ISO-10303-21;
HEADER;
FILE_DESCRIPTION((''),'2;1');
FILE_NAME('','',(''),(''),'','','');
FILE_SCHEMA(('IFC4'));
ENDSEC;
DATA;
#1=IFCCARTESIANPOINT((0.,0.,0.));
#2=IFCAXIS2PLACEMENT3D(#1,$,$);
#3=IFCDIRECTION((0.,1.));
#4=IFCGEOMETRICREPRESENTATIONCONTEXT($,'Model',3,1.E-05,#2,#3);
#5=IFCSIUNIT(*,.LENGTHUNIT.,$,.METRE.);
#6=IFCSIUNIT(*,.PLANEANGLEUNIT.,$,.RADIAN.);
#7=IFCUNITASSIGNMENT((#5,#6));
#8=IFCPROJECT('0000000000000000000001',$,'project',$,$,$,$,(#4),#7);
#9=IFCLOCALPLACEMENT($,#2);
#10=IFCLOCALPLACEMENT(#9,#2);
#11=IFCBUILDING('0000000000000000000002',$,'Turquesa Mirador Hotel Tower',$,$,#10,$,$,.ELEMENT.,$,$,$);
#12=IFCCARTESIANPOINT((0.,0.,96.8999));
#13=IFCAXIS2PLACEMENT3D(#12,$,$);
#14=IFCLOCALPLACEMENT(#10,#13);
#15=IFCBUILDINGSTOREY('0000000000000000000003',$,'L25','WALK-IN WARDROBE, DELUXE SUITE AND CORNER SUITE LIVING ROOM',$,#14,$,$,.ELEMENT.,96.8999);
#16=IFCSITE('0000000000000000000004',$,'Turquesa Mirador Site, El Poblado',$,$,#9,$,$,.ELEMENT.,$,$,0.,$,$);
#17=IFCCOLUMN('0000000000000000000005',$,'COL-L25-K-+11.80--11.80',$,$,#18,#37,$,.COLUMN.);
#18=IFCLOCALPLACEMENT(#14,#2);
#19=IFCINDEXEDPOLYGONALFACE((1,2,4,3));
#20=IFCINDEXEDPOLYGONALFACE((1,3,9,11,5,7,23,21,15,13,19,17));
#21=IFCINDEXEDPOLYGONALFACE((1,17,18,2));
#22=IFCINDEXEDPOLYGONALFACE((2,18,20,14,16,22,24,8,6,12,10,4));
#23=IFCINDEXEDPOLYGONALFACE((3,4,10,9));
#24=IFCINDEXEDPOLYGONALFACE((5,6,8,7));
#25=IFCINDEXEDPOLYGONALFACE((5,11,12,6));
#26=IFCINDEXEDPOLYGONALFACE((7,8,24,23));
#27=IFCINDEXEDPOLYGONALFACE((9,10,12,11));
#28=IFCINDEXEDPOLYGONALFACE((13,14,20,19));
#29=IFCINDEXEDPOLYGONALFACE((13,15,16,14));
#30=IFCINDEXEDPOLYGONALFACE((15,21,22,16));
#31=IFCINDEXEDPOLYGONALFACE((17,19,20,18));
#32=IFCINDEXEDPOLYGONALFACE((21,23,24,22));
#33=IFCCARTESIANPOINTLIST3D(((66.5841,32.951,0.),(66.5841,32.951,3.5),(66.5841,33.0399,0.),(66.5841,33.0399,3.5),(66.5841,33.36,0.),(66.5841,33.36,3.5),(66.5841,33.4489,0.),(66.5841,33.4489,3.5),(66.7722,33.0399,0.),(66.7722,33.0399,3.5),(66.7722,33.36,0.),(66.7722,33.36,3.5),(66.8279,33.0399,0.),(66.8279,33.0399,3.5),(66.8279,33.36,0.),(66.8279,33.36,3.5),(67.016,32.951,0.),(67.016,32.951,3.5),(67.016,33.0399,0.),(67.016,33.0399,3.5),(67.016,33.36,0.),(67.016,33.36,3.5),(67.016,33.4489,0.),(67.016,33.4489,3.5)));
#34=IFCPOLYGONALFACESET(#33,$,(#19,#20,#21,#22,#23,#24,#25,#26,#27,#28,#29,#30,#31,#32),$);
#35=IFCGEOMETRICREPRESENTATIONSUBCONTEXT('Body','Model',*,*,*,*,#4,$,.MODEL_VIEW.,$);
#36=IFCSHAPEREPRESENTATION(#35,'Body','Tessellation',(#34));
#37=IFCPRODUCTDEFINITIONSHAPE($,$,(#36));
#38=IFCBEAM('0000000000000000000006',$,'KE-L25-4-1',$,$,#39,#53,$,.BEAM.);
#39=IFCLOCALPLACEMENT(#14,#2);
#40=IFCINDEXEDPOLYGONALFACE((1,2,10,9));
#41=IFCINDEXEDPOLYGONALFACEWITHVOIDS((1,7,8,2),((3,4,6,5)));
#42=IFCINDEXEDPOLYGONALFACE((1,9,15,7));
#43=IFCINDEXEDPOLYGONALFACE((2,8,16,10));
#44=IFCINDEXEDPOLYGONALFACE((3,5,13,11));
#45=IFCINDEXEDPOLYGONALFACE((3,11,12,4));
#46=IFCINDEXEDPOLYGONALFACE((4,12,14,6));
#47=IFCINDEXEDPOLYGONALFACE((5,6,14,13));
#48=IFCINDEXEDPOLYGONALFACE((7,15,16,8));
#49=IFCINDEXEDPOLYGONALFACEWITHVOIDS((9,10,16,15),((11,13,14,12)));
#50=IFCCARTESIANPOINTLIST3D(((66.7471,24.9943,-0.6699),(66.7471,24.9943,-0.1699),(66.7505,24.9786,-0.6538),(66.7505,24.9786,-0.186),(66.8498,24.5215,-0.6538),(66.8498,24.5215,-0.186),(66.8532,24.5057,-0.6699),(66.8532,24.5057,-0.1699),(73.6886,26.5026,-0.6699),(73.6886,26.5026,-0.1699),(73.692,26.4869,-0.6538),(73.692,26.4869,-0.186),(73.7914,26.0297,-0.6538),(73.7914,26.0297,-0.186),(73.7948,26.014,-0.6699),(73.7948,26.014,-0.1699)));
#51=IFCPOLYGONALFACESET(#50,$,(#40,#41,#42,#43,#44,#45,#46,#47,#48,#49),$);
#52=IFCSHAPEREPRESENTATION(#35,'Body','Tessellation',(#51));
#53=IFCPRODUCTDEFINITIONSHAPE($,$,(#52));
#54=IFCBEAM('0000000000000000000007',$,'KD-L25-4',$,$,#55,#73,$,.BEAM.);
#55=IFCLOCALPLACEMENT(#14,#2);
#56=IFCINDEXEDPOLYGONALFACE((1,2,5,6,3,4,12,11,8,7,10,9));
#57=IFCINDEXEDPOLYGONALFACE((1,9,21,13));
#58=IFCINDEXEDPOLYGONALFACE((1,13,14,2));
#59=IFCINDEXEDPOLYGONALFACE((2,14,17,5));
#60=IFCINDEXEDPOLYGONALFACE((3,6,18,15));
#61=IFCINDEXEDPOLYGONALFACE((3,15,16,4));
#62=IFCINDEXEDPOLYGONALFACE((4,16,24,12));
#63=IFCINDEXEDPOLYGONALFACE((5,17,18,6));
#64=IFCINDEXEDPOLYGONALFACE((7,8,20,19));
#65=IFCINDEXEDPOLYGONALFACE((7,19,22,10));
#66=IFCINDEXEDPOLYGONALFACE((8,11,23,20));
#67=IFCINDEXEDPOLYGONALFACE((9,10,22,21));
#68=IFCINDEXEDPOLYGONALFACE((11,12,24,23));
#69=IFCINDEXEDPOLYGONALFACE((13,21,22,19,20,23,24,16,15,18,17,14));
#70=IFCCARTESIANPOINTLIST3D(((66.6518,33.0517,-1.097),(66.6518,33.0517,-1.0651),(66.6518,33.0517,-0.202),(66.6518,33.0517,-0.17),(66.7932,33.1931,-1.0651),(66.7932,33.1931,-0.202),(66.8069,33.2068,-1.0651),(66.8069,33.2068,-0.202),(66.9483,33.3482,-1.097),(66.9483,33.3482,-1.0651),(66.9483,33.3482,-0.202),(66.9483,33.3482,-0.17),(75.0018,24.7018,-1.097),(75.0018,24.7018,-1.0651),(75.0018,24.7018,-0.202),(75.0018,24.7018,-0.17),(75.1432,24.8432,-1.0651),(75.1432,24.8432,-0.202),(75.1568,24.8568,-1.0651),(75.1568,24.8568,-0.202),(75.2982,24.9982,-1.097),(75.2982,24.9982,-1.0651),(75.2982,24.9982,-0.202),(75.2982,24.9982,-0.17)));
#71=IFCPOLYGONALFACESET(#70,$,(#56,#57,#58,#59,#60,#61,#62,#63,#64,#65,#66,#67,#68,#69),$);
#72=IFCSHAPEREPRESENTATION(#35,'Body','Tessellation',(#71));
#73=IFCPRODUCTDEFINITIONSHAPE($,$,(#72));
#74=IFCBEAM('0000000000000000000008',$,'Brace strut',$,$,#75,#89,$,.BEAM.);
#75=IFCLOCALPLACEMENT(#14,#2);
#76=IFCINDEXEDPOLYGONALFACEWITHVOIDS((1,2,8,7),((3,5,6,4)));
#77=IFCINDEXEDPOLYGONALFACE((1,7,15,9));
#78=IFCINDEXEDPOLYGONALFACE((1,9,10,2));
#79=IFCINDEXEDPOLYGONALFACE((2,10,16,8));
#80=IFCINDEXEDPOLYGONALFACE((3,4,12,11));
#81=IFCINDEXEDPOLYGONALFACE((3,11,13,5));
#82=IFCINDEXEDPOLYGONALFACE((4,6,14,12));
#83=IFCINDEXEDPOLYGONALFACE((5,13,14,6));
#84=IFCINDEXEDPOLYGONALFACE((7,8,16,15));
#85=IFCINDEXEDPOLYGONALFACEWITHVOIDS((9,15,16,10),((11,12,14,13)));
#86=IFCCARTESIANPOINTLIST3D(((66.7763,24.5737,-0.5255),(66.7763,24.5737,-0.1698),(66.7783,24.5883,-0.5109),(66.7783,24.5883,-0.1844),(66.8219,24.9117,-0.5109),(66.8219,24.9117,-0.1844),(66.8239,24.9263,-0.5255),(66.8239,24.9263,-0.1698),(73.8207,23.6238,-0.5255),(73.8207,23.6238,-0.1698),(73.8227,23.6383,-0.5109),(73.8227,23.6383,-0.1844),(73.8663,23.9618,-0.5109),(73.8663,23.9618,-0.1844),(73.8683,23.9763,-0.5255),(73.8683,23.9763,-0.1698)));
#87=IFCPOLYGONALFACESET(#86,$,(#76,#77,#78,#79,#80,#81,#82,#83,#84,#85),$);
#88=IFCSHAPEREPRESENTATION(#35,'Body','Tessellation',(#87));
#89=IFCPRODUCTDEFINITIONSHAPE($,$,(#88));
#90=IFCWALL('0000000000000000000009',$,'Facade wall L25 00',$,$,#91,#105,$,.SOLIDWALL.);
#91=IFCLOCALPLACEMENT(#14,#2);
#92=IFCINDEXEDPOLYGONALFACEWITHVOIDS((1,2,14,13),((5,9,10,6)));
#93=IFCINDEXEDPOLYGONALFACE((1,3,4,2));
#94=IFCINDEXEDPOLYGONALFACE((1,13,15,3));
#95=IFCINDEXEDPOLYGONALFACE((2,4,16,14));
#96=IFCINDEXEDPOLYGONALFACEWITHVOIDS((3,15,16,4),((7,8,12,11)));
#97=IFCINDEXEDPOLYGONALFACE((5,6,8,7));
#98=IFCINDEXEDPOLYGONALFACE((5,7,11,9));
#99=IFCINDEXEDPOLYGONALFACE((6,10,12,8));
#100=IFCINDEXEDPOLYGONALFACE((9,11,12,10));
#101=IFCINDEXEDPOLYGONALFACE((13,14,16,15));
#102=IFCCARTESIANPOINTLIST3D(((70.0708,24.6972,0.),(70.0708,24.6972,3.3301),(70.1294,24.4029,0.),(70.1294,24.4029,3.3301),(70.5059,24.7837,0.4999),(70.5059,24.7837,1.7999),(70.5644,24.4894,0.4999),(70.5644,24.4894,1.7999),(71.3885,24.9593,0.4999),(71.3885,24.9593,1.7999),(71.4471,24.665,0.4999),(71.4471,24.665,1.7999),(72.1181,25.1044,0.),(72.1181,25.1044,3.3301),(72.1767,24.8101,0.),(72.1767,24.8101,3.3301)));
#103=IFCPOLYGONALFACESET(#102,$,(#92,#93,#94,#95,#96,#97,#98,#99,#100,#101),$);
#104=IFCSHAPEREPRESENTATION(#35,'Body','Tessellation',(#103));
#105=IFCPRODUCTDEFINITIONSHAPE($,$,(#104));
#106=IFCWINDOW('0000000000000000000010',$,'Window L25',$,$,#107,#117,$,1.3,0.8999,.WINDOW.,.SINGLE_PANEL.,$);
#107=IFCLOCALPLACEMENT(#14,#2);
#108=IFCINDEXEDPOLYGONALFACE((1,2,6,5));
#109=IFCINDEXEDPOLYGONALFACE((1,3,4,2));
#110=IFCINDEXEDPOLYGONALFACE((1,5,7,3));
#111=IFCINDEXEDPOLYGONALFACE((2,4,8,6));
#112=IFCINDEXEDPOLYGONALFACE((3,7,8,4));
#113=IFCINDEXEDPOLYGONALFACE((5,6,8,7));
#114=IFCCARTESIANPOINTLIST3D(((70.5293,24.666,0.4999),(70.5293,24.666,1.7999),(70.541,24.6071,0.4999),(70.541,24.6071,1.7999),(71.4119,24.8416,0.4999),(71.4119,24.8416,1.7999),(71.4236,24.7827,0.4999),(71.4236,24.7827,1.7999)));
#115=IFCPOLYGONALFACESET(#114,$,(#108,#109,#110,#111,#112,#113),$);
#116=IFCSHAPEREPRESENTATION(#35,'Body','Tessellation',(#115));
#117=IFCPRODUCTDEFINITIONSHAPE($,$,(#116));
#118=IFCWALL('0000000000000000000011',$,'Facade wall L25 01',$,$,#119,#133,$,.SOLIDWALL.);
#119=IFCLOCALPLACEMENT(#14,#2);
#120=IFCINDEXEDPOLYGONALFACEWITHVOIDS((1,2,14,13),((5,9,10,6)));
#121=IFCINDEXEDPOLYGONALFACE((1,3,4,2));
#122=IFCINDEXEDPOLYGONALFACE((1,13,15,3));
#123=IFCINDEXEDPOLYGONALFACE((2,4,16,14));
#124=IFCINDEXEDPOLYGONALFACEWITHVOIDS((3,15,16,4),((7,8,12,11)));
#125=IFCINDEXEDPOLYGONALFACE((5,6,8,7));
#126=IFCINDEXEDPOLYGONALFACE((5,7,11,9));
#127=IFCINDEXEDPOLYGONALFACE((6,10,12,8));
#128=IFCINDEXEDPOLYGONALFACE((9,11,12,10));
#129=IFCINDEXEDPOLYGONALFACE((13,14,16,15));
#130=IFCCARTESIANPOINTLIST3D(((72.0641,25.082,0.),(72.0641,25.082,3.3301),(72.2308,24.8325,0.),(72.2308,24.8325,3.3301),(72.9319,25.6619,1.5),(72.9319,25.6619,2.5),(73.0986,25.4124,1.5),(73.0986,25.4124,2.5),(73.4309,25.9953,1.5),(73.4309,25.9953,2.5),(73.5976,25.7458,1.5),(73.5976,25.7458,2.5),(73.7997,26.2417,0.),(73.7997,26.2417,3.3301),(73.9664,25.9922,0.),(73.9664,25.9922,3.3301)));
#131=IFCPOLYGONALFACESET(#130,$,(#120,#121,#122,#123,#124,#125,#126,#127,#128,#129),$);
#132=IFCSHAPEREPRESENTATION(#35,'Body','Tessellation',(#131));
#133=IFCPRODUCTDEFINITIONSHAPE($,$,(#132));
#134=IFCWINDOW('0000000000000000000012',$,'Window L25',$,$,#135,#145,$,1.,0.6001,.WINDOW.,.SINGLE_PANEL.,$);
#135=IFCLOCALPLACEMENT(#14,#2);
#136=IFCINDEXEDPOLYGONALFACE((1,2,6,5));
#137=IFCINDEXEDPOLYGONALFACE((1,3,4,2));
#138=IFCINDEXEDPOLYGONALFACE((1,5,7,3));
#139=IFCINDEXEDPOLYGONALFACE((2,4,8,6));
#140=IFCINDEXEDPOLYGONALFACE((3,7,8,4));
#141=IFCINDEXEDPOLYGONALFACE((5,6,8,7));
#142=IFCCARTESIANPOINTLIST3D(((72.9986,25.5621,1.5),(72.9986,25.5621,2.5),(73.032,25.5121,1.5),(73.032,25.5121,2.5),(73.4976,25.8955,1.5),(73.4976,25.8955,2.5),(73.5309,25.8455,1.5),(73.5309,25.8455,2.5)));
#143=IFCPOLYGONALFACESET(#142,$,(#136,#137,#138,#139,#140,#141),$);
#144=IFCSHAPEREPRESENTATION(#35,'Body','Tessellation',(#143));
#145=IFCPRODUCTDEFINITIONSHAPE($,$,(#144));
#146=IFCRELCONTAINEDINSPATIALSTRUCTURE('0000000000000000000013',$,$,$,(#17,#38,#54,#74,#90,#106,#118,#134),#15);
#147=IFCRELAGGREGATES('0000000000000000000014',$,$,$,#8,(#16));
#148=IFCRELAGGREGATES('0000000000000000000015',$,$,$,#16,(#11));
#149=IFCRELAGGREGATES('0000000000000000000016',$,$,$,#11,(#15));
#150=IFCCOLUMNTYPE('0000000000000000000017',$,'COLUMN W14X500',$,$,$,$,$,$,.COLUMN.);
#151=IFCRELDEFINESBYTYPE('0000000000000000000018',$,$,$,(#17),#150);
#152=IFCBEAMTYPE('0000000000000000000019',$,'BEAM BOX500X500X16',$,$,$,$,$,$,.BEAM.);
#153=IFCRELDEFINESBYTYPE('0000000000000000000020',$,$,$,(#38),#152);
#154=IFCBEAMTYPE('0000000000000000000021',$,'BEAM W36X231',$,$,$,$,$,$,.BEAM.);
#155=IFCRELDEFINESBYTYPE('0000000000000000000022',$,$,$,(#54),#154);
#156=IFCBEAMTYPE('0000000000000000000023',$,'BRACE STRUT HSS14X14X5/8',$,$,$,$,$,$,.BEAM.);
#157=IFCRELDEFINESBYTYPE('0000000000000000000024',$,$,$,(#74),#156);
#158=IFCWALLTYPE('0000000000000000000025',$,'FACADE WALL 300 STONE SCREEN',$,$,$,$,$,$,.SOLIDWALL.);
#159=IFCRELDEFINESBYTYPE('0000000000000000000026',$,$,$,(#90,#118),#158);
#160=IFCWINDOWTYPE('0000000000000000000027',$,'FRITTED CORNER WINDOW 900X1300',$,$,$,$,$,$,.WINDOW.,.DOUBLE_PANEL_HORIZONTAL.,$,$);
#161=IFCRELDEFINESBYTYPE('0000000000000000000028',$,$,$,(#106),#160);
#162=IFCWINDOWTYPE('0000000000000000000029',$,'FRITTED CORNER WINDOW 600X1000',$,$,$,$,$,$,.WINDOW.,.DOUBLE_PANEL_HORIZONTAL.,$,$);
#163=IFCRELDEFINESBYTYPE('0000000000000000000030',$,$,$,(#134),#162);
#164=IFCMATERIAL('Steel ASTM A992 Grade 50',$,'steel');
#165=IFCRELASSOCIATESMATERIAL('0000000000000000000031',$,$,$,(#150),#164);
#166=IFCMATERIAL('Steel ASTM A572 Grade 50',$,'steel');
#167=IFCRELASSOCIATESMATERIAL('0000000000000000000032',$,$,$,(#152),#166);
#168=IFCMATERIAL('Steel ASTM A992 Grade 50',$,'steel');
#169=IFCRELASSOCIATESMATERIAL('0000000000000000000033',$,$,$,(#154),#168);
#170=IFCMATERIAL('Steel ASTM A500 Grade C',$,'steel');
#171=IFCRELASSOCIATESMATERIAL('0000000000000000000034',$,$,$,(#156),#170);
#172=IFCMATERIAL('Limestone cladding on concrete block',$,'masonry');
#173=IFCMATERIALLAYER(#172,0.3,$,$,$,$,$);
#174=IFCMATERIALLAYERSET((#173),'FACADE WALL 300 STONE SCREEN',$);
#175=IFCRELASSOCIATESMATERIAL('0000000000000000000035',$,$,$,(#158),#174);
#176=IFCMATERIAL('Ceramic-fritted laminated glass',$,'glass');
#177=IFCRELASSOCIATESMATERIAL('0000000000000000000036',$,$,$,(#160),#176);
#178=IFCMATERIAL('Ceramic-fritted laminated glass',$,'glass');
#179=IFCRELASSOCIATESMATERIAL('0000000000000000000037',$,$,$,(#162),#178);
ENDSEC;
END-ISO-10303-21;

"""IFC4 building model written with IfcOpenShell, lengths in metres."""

from ifc_helpers import new_model, si_unit, direction, frame, frame_2d, origin, origin_2d, place, context, subcontext, project, spatial, rectangle, hollow_rectangle, i_section, extrude, material, layer, layer_set, material_profile, profile_set, type_object, element, fill, save


model = new_model("IFC4")

# Units and contexts
model_context = context("Model", 3, precision=1e-05, world=origin(), true_north=direction((0.0, 1.0)))
body_context = subcontext(model_context, "Body", "Model", "MODEL_VIEW")
ifc_project = project(units=[si_unit("LENGTHUNIT", "METRE"), si_unit("PLANEANGLEUNIT", "RADIAN")], contexts=[model_context])

# Site, building, storey
site_placement = place(None, origin())
site = spatial("IfcSite", under=ifc_project, at=site_placement, Name="Turquesa Mirador Site, El Poblado", CompositionType="ELEMENT", RefElevation=0.0)
building_placement = place(site_placement, origin())
building = spatial("IfcBuilding", under=site, at=building_placement, Name="Turquesa Mirador Hotel Tower", CompositionType="ELEMENT")
storey_placement = place(building_placement, frame((0.0, 0.0, 96.8999)))
storey = spatial("IfcBuildingStorey", under=building, at=storey_placement, Name="L25", Description="WALK-IN WARDROBE, DELUXE SUITE AND CORNER SUITE LIVING ROOM", CompositionType="ELEMENT", Elevation=96.8999)

# Column
ifc_material_1 = material(Name="Steel ASTM A992 Grade 50", Category="steel")
ifc_material_profile_1 = material_profile(ifc_material_1, i_section(OverallWidth=0.4319, OverallDepth=0.4978, WebThickness=0.0557, FlangeThickness=0.0889, at=origin_2d()), Name="W14X500")
ifc_profile_set_1 = profile_set([ifc_material_profile_1], Name="Steel ASTM A992 Grade 50")
column_type = type_object("IfcColumnType", Name="COLUMN W14X500", PredefinedType="COLUMN", material=ifc_profile_set_1)
column_placement = place(storey_placement, frame((66.8, 33.2, 0.0), z_axis=(0.0, 0.0, 1.0), x_axis=(1.0, 0.0, 0.0)))
element("IfcColumn", 1, at=column_placement, inside=storey, type_object=column_type, Name="COL-L25-K-+11.80--11.80", PredefinedType="COLUMN", context=body_context, shape_type="SweptSolid", body=[
    extrude(i_section(OverallWidth=0.4319, OverallDepth=0.4978, WebThickness=0.0557, FlangeThickness=0.0889, at=origin_2d()), origin(), (0.0, 0.0, 1.0), 3.5),
])

# Beams
ifc_material_2 = material(Name="Steel ASTM A572 Grade 50", Category="steel")
ifc_material_profile_2 = material_profile(ifc_material_2, hollow_rectangle(XDim=0.5, YDim=0.5, WallThickness=0.0161, at=origin_2d()), Name="BOX500X500X16")
ifc_profile_set_2 = profile_set([ifc_material_profile_2], Name="Steel ASTM A572 Grade 50")
beam_type_1 = type_object("IfcBeamType", Name="BEAM BOX500X500X16", PredefinedType="BEAM", material=ifc_profile_set_2)
beam_1_placement = place(storey_placement, frame((73.7417, 26.2583, -0.4199), z_axis=(-0.977198, -0.212328, 0.0), x_axis=(0.212328, -0.977198, 0.0)))
element("IfcBeam", 2, at=beam_1_placement, inside=storey, type_object=beam_type_1, Name="KE-L25-4-1", PredefinedType="BEAM", context=body_context, shape_type="SweptSolid", body=[
    extrude(hollow_rectangle(XDim=0.5, YDim=0.5, WallThickness=0.0161, at=origin_2d()), origin(), (0.0, 0.0, 1.0), 7.1035),
])
ifc_material_3 = material(Name="Steel ASTM A992 Grade 50", Category="steel")
ifc_material_profile_3 = material_profile(ifc_material_3, i_section(OverallWidth=0.4192, OverallDepth=0.927, WebThickness=0.0193, FlangeThickness=0.032, at=origin_2d()), Name="W36X231")
ifc_profile_set_3 = profile_set([ifc_material_profile_3], Name="Steel ASTM A992 Grade 50")
beam_type_2 = type_object("IfcBeamType", Name="BEAM W36X231", PredefinedType="BEAM", material=ifc_profile_set_3)
beam_2_placement = place(storey_placement, frame((66.8, 33.2, -0.6335), z_axis=(0.707107, -0.707107, 0.0), x_axis=(0.707107, 0.707107, 0.0)))
element("IfcBeam", 3, at=beam_2_placement, inside=storey, type_object=beam_type_2, Name="KD-L25-4", PredefinedType="BEAM", context=body_context, shape_type="SweptSolid", body=[
    extrude(i_section(OverallWidth=0.4192, OverallDepth=0.927, WebThickness=0.0193, FlangeThickness=0.032, at=origin_2d()), origin(), (0.0, 0.0, 1.0), 11.8086),
])
ifc_material_4 = material(Name="Steel ASTM A500 Grade C", Category="steel")
ifc_material_profile_4 = material_profile(ifc_material_4, hollow_rectangle(XDim=0.3557, YDim=0.3557, WallThickness=0.0146, at=origin_2d()), Name="HSS14X14X5/8")
ifc_profile_set_4 = profile_set([ifc_material_profile_4], Name="Steel ASTM A500 Grade C")
beam_type_3 = type_object("IfcBeamType", Name="BRACE STRUT HSS14X14X5/8", PredefinedType="BEAM", material=ifc_profile_set_4)
beam_3_placement = place(storey_placement, frame((73.8445, 23.8, -0.3477), z_axis=(-0.99103, 0.133642, 0.0), x_axis=(-0.133642, -0.99103, 0.0)))
element("IfcBeam", 4, at=beam_3_placement, inside=storey, type_object=beam_type_3, Name="Brace strut", PredefinedType="BEAM", context=body_context, shape_type="SweptSolid", body=[
    extrude(hollow_rectangle(XDim=0.3557, YDim=0.3557, WallThickness=0.0146, at=origin_2d()), origin(), (0.0, 0.0, 1.0), 7.1082),
])

# Walls, openings, windows
ifc_material_5 = material(Name="Limestone cladding on concrete block", Category="masonry")
ifc_layer_1 = layer(ifc_material_5, 0.3)
ifc_layer_set_1 = layer_set([ifc_layer_1], Name="FACADE WALL 300 STONE SCREEN")
wall_type_1 = type_object("IfcWallType", Name="FACADE WALL 300 STONE SCREEN", PredefinedType="SOLIDWALL", material=ifc_layer_set_1)
wall_1_placement = place(storey_placement, frame((70.1001, 24.55, 0.0), z_axis=(0.0, 0.0, 1.0), x_axis=(0.980787, 0.195081, 0.0)))
wall_1 = element("IfcWall", 5, at=wall_1_placement, inside=storey, type_object=wall_type_1, Name="Facade wall L25 00", PredefinedType="SOLIDWALL", context=body_context, shape_type="SweptSolid", body=[
    extrude(rectangle(XDim=2.0874, YDim=0.3, at=frame_2d((1.0437, 0.0))), origin(), (0.0, 0.0, 1.0), 3.3301),
])
opening_1_placement = place(wall_1_placement, frame((0.4436, 0.0, 0.5)))
opening_1 = element("IfcOpeningElement", 6, at=opening_1_placement, cuts=wall_1, PredefinedType="OPENING", context=body_context, shape_type="SweptSolid", body=[
    extrude(rectangle(XDim=0.8999, YDim=1.3, at=frame_2d((0.45, 0.6499))), frame((0.0, 0.1599, 0.0), z_axis=(0.0, -1.0, 0.0), x_axis=(1.0, 0.0, 0.0)), (0.0, 0.0, 1.0), 0.3201),
])
ifc_material_6 = material(Name="Ceramic-fritted laminated glass", Category="glass")
window_type_1 = type_object("IfcWindowType", Name="FRITTED CORNER WINDOW 900X1300", PartitioningType="DOUBLE_PANEL_HORIZONTAL", PredefinedType="WINDOW", material=ifc_material_6)
window_1_placement = place(opening_1_placement, origin())
window_1 = element("IfcWindow", 7, at=window_1_placement, inside=storey, type_object=window_type_1, Name="Window L25", OverallHeight=1.3, OverallWidth=0.8999, PartitioningType="SINGLE_PANEL", PredefinedType="WINDOW", context=body_context, shape_type="SweptSolid", body=[
    extrude(rectangle(XDim=0.8999, YDim=1.3, at=frame_2d((0.45, 0.6499))), frame((0.0, 0.03, 0.0), z_axis=(0.0, -1.0, 0.0), x_axis=(1.0, 0.0, 0.0)), (0.0, 0.0, 1.0), 0.0601),
])
fill(opening_1, window_1)
wall_2_placement = place(storey_placement, frame((72.1475, 24.9573, 0.0), z_axis=(0.0, 0.0, 1.0), x_axis=(0.831474, 0.555564, 0.0)))
wall_2 = element("IfcWall", 8, at=wall_2_placement, inside=storey, type_object=wall_type_1, Name="Facade wall L25 01", PredefinedType="SOLIDWALL", context=body_context, shape_type="SweptSolid", body=[
    extrude(rectangle(XDim=2.0874, YDim=0.3, at=frame_2d((1.0437, 0.0))), origin(), (0.0, 0.0, 1.0), 3.3301),
])
opening_2_placement = place(wall_2_placement, frame((1.0437, 0.0, 1.5)))
opening_2 = element("IfcOpeningElement", 9, at=opening_2_placement, cuts=wall_2, PredefinedType="OPENING", context=body_context, shape_type="SweptSolid", body=[
    extrude(rectangle(XDim=0.6001, YDim=1.0, at=frame_2d((0.3, 0.5))), frame((0.0, 0.1599, 0.0), z_axis=(0.0, -1.0, 0.0), x_axis=(1.0, 0.0, 0.0)), (0.0, 0.0, 1.0), 0.3201),
])
ifc_material_7 = material(Name="Ceramic-fritted laminated glass", Category="glass")
window_type_2 = type_object("IfcWindowType", Name="FRITTED CORNER WINDOW 600X1000", PartitioningType="DOUBLE_PANEL_HORIZONTAL", PredefinedType="WINDOW", material=ifc_material_7)
window_2_placement = place(opening_2_placement, origin())
window_2 = element("IfcWindow", 10, at=window_2_placement, inside=storey, type_object=window_type_2, Name="Window L25", OverallHeight=1.0, OverallWidth=0.6001, PartitioningType="SINGLE_PANEL", PredefinedType="WINDOW", context=body_context, shape_type="SweptSolid", body=[
    extrude(rectangle(XDim=0.6001, YDim=1.0, at=frame_2d((0.3, 0.5))), frame((0.0, 0.03, 0.0), z_axis=(0.0, -1.0, 0.0), x_axis=(1.0, 0.0, 0.0)), (0.0, 0.0, 1.0), 0.0601),
])
fill(opening_2, window_2)

save(model, "model.ifc")
